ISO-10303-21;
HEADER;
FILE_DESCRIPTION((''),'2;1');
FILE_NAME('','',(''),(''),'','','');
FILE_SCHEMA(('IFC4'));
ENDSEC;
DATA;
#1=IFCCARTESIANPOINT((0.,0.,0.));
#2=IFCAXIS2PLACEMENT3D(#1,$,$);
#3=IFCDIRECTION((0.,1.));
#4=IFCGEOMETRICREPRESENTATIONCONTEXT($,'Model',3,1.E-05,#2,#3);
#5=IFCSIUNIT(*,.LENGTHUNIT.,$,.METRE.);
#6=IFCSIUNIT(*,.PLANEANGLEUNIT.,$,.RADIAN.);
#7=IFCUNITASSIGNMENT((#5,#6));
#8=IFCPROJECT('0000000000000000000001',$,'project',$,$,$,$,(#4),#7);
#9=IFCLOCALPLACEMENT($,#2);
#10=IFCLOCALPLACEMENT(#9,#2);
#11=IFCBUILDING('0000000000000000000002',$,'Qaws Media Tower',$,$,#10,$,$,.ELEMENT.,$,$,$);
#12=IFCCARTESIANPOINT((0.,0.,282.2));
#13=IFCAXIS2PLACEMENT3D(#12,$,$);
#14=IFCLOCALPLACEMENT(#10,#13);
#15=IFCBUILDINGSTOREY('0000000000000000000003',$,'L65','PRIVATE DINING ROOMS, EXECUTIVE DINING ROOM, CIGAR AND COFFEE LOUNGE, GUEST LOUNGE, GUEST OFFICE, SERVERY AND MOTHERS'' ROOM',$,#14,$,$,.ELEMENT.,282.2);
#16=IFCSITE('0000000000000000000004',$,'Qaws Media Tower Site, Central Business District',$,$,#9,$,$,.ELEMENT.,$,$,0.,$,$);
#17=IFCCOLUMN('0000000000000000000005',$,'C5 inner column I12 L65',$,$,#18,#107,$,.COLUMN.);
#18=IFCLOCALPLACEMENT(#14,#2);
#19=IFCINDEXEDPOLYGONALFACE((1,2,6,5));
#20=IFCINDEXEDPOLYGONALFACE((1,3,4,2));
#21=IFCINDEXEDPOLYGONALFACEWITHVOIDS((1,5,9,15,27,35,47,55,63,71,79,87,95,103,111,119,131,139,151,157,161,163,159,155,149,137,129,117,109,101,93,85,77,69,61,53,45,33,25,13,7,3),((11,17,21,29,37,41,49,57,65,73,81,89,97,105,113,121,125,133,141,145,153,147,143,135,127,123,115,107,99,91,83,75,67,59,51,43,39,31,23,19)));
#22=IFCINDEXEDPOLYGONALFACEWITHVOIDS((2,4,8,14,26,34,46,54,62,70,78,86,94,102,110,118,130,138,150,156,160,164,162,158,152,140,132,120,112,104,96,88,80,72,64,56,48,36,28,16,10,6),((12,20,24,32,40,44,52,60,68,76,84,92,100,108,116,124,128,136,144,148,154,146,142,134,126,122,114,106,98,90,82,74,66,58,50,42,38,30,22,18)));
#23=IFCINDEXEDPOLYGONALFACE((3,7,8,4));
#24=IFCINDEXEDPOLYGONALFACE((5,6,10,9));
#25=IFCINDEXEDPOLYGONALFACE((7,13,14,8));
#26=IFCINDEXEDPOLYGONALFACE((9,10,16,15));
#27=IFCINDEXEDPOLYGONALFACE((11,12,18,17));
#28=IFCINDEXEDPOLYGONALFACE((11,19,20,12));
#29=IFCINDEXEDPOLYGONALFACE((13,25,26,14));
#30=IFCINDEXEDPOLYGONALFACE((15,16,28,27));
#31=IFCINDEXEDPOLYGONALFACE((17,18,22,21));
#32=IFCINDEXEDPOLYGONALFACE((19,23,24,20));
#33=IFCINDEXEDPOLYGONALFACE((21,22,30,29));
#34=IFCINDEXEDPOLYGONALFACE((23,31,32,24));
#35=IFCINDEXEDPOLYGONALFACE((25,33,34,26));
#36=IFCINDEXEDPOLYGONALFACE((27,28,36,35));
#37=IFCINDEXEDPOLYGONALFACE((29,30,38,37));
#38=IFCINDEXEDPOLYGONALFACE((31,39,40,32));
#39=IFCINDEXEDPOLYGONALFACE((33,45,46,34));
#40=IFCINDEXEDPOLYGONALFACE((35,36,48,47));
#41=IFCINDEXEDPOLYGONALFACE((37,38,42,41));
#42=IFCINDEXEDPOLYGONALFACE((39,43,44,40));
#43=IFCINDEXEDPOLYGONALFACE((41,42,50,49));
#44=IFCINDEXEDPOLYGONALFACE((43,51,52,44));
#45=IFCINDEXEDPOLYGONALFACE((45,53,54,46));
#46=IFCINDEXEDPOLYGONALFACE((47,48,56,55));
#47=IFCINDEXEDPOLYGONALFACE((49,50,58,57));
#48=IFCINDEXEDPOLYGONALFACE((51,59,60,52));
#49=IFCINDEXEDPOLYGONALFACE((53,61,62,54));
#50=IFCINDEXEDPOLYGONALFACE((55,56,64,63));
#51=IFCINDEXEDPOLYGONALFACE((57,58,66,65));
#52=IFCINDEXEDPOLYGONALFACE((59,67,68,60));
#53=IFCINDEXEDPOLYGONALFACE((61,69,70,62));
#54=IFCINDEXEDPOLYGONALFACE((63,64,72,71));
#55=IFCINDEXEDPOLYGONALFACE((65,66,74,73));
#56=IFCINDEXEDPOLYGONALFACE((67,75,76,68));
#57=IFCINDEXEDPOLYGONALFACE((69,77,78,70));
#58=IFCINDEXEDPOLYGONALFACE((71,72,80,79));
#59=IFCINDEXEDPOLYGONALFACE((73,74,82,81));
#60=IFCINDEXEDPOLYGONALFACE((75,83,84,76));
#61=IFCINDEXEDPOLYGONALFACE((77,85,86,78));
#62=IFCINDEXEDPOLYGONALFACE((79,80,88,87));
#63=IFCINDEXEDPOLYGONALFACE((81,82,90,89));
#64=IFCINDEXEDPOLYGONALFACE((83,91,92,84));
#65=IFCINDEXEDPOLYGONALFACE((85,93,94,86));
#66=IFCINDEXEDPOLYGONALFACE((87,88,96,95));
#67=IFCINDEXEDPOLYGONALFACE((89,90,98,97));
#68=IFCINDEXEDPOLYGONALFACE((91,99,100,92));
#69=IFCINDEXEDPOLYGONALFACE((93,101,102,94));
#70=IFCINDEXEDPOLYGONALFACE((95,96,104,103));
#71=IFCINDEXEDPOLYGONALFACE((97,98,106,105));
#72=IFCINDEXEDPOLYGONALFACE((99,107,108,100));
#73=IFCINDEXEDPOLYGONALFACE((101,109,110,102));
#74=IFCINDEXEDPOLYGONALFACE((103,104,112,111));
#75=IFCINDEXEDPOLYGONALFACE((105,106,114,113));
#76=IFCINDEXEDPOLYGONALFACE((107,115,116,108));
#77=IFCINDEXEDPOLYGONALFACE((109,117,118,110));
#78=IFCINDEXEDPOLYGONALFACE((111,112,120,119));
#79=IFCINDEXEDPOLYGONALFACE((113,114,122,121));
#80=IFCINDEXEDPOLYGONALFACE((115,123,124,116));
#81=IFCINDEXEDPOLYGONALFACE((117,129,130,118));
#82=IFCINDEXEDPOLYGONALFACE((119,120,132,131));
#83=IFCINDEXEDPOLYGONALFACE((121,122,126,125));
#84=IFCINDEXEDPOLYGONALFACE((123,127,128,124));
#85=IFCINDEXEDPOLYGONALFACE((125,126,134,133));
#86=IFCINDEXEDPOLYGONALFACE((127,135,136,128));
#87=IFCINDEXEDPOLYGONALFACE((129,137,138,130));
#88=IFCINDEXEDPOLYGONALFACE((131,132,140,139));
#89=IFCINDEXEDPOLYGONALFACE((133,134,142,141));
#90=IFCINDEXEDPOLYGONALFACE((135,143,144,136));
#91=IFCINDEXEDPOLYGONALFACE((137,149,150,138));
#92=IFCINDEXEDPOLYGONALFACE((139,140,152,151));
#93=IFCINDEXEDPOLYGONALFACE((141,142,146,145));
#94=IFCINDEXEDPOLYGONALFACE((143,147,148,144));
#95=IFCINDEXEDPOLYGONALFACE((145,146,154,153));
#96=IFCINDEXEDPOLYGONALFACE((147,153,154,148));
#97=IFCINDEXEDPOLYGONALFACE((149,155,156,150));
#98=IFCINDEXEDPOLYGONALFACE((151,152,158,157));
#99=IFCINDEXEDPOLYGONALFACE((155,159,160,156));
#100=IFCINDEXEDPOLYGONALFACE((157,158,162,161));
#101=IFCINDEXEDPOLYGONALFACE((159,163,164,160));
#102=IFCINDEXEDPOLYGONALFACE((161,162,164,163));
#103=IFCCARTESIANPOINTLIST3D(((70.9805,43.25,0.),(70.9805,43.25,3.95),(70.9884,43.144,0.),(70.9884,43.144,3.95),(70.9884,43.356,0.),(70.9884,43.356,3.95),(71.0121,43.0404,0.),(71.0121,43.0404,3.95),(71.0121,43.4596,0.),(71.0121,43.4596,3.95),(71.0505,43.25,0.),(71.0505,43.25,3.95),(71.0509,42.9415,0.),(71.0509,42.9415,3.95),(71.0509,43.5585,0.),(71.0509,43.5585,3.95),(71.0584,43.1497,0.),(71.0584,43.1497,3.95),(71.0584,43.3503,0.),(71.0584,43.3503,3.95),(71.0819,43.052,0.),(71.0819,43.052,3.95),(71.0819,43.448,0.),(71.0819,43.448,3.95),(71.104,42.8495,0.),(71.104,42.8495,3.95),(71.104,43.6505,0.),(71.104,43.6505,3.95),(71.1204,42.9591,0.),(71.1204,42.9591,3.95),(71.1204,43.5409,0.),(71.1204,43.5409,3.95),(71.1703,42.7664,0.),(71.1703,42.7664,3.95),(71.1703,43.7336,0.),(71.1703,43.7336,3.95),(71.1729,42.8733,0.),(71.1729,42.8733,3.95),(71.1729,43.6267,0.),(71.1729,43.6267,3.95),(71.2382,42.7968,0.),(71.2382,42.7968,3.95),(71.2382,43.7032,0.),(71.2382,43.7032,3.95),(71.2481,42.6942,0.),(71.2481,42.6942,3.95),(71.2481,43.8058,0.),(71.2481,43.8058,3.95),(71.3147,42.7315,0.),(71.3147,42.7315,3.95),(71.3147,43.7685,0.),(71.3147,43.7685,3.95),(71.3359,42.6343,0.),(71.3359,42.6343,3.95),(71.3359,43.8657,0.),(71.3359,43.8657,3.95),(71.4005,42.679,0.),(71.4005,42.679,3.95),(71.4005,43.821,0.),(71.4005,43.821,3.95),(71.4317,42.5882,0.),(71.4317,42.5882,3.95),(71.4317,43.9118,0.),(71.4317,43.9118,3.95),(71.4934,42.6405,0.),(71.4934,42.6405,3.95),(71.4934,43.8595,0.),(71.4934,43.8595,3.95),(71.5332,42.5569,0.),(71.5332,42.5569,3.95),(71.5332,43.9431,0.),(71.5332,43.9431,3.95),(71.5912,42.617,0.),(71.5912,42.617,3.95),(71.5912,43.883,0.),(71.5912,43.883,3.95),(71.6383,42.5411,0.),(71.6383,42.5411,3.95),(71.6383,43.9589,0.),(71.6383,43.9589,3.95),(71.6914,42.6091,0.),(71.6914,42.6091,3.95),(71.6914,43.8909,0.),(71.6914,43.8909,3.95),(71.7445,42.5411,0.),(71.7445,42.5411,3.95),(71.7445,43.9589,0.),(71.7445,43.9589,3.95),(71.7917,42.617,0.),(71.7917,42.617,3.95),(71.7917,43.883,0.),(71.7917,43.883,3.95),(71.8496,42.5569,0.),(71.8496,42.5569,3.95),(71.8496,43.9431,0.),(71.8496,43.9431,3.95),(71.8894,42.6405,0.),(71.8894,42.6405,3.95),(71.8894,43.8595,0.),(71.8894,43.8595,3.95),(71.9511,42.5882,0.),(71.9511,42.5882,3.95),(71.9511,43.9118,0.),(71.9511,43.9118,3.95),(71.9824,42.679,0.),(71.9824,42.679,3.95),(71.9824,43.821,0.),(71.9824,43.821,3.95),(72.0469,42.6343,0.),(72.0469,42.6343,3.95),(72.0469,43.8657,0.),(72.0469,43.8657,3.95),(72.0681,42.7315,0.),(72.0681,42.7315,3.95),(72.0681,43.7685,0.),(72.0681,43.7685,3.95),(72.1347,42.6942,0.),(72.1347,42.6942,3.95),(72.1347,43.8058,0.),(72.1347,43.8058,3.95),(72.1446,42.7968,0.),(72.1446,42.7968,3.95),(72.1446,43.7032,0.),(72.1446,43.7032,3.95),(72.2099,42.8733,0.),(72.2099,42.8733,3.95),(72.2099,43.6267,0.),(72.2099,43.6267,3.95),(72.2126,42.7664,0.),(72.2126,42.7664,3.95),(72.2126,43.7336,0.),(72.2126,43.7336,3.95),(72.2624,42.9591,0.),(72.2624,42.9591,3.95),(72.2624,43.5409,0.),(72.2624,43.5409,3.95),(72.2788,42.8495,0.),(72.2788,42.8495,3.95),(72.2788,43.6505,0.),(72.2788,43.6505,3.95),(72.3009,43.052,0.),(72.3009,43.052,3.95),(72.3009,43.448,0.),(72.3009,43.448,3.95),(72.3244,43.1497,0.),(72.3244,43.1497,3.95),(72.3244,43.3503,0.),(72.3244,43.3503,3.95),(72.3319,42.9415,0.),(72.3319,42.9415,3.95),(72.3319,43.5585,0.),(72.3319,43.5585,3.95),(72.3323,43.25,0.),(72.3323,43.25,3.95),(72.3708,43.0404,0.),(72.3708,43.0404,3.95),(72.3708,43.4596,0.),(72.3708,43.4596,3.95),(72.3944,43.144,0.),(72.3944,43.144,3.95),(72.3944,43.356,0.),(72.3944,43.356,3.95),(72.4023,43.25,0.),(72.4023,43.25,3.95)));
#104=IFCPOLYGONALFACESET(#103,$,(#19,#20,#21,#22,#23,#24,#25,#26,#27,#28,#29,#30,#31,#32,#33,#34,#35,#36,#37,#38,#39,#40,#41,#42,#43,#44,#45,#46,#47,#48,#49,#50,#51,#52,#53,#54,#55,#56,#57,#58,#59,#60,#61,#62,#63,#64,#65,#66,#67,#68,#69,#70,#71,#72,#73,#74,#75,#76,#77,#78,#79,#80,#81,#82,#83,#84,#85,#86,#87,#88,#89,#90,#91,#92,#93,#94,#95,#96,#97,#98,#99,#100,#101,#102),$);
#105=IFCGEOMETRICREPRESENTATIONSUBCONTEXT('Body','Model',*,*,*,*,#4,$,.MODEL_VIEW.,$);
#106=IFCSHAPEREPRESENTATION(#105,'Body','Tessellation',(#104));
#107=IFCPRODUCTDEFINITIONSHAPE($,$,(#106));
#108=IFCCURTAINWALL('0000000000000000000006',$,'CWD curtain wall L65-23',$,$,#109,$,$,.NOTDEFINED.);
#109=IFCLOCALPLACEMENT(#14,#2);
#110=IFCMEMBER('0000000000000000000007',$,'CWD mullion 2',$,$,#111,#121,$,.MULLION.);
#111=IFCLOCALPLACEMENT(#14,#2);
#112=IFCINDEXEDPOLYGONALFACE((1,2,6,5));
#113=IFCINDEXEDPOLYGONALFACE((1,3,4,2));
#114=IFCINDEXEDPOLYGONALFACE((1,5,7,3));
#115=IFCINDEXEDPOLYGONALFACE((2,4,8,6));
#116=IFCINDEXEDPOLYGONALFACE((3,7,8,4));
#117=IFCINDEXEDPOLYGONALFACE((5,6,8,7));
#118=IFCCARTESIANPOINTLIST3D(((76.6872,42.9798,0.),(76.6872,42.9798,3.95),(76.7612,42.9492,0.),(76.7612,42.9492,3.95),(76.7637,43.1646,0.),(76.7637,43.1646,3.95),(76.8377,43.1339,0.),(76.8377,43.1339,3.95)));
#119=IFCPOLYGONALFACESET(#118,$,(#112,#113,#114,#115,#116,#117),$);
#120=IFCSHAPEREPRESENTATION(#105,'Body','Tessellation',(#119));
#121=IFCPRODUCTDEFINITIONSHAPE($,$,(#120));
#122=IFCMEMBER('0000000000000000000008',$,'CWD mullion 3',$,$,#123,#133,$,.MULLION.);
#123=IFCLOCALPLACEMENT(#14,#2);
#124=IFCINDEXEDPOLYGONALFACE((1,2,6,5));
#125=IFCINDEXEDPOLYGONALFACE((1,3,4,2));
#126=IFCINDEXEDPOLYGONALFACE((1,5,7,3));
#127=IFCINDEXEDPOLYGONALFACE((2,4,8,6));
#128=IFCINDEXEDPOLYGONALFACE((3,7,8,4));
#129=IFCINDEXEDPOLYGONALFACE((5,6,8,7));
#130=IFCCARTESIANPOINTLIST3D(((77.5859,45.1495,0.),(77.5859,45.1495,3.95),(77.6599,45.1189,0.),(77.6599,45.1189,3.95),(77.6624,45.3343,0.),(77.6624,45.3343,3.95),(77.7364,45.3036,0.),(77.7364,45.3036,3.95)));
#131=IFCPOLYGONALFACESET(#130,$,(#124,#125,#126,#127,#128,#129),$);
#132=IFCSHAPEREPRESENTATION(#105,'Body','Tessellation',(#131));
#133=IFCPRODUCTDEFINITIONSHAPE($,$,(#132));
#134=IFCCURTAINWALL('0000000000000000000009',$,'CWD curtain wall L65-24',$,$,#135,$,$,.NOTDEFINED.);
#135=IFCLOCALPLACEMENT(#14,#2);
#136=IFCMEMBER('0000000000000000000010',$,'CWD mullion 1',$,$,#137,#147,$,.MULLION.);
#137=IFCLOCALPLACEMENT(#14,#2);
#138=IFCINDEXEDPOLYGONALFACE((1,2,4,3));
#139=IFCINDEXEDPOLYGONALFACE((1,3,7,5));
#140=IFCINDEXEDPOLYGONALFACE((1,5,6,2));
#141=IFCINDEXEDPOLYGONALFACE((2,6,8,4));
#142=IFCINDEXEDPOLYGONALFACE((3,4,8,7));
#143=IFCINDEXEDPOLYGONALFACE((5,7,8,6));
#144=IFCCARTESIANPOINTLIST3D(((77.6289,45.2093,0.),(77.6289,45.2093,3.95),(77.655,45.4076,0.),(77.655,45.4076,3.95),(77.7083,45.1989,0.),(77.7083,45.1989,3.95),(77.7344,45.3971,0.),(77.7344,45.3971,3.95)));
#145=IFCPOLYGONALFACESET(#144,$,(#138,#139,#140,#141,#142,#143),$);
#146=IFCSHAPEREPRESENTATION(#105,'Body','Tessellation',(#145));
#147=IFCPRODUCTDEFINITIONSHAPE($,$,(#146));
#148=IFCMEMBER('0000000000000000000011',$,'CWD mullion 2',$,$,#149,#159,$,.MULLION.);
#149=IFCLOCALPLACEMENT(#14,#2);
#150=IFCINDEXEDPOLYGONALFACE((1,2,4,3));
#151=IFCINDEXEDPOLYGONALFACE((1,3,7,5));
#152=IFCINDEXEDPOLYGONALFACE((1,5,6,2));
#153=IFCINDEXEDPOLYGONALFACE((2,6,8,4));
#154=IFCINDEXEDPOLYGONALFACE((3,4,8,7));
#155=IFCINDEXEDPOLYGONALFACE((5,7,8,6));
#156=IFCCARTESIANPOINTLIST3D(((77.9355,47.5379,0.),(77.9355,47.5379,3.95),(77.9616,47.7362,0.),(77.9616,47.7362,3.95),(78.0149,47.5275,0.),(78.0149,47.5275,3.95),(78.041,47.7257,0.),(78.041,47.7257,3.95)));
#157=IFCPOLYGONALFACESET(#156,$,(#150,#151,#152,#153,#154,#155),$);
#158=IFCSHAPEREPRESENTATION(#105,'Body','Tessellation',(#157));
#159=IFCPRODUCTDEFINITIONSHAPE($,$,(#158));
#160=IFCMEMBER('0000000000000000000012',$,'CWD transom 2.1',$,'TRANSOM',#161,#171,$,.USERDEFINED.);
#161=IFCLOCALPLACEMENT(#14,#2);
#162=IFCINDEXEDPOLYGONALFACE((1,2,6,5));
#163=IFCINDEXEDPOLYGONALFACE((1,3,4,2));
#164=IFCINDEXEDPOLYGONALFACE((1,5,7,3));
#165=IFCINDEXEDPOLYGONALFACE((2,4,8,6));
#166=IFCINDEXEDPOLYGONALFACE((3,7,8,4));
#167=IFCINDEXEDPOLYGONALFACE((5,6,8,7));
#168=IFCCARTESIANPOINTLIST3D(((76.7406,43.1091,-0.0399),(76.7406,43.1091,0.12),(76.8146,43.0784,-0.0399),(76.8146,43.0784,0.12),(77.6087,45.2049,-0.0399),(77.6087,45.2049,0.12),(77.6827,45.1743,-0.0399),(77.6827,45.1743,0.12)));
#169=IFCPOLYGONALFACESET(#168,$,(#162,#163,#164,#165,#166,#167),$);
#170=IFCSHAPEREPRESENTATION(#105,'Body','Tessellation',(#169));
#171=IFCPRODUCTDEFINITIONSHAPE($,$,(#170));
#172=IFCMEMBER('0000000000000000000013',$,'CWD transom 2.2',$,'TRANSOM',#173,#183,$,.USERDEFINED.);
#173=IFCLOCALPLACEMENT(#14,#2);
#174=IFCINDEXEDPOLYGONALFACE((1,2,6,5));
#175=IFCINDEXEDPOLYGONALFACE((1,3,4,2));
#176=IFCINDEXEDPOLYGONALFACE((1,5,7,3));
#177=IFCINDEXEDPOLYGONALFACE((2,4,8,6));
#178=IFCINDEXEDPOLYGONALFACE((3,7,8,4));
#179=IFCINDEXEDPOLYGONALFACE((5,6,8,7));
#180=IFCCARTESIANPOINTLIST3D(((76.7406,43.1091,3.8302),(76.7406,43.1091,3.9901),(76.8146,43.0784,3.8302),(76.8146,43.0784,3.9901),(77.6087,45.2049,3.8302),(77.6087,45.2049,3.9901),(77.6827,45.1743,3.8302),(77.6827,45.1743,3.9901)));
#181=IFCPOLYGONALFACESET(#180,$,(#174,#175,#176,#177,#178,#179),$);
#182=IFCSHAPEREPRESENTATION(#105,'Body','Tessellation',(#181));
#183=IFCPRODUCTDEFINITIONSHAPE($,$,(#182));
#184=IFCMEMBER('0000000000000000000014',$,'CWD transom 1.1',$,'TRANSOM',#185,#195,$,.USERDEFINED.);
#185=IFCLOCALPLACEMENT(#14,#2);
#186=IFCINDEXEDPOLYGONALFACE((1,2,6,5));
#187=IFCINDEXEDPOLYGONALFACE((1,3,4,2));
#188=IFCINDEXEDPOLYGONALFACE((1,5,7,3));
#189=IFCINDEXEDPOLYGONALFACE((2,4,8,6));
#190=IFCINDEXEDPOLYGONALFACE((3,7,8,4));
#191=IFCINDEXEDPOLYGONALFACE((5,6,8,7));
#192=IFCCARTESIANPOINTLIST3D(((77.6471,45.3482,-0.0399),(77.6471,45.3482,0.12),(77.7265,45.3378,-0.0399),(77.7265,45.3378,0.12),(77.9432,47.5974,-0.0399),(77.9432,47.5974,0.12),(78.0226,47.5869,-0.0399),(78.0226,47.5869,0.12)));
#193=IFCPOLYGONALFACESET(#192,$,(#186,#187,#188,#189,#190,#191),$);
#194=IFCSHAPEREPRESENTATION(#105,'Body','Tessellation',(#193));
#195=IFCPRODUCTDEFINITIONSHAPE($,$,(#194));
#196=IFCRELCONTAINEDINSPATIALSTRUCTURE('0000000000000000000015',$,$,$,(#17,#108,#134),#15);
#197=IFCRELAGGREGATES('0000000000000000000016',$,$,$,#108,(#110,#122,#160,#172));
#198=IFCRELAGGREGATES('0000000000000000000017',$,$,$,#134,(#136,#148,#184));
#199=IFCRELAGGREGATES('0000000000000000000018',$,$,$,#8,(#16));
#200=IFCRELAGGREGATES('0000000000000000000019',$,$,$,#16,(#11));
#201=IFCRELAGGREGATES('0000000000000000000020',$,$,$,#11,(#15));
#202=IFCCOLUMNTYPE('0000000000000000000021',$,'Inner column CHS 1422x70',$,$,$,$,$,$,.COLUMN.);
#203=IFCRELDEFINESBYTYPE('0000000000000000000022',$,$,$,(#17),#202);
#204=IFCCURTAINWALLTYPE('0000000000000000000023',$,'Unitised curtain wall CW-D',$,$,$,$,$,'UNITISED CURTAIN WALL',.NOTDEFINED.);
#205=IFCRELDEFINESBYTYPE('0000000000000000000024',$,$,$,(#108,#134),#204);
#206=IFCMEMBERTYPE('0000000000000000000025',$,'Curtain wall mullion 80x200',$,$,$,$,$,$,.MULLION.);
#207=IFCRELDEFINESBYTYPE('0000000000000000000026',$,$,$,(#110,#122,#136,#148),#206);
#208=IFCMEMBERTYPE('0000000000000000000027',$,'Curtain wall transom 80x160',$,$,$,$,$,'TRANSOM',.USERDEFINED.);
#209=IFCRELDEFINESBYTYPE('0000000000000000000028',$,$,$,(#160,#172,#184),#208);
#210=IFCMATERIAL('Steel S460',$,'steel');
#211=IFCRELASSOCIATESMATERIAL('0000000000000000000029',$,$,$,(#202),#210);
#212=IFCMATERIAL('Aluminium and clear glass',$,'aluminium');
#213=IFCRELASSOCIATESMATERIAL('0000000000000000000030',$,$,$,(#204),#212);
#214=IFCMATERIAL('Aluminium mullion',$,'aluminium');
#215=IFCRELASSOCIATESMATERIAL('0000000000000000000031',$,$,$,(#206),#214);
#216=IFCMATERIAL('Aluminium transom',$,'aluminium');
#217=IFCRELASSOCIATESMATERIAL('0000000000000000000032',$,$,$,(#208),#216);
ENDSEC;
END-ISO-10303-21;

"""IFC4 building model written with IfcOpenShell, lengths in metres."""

from ifc_helpers import new_model, si_unit, direction, frame, origin, origin_2d, place, context, subcontext, project, spatial, rectangle, hollow_circle, extrude, material, material_profile, profile_set, type_object, element, aggregate, save


model = new_model("IFC4")

# Units and contexts
model_context = context("Model", 3, precision=1e-05, world=origin(), true_north=direction((0.0, 1.0)))
body_context = subcontext(model_context, "Body", "Model", "MODEL_VIEW")
ifc_project = project(units=[si_unit("LENGTHUNIT", "METRE"), si_unit("PLANEANGLEUNIT", "RADIAN")], contexts=[model_context])

# Site, building, storey
site_placement = place(None, origin())
site = spatial("IfcSite", under=ifc_project, at=site_placement, Name="Qaws Media Tower Site, Central Business District", CompositionType="ELEMENT", RefElevation=0.0)
building_placement = place(site_placement, origin())
building = spatial("IfcBuilding", under=site, at=building_placement, Name="Qaws Media Tower", CompositionType="ELEMENT")
storey_placement = place(building_placement, frame((0.0, 0.0, 282.2)))
storey = spatial("IfcBuildingStorey", under=building, at=storey_placement, Name="L65", Description="PRIVATE DINING ROOMS, EXECUTIVE DINING ROOM, CIGAR AND COFFEE LOUNGE, GUEST LOUNGE, GUEST OFFICE, SERVERY AND MOTHERS' ROOM", CompositionType="ELEMENT", Elevation=282.2)

# Column
ifc_material_1 = material(Name="Steel S460", Category="steel")
ifc_material_profile_1 = material_profile(ifc_material_1, hollow_circle(Radius=0.7109, WallThickness=0.0701, at=origin_2d()), Name="CHS 1422x70")
ifc_profile_set_1 = profile_set([ifc_material_profile_1], Name="Steel S460")
column_type = type_object("IfcColumnType", Name="Inner column CHS 1422x70", PredefinedType="COLUMN", material=ifc_profile_set_1)
column_placement = place(storey_placement, frame((71.6914, 43.25, 0.0), z_axis=(0.0, 0.0, 1.0), x_axis=(1.0, 0.0, 0.0)))
element("IfcColumn", 1, at=column_placement, inside=storey, type_object=column_type, Name="C5 inner column I12 L65", PredefinedType="COLUMN", context=body_context, shape_type="SweptSolid", body=[
    extrude(hollow_circle(Radius=0.7109, WallThickness=0.0701, at=origin_2d()), origin(), (0.0, 0.0, 1.0), 3.95),
])

# Curtain walls, members
ifc_material_2 = material(Name="Aluminium and clear glass", Category="aluminium")
curtain_wall_type = type_object("IfcCurtainWallType", Name="Unitised curtain wall CW-D", ElementType="UNITISED CURTAIN WALL", PredefinedType="NOTDEFINED", material=ifc_material_2)
curtain_wall_1_placement = place(storey_placement, origin())
curtain_wall_1 = element("IfcCurtainWall", 2, at=curtain_wall_1_placement, inside=storey, type_object=curtain_wall_type, Name="CWD curtain wall L65-23", PredefinedType="NOTDEFINED")
ifc_material_3 = material(Name="Aluminium mullion", Category="aluminium")
ifc_material_profile_2 = material_profile(ifc_material_3, rectangle(XDim=0.0801, YDim=0.2, at=origin_2d()), Name="80x200")
ifc_profile_set_2 = profile_set([ifc_material_profile_2], Name="Aluminium mullion")
member_type_1 = type_object("IfcMemberType", Name="Curtain wall mullion 80x200", PredefinedType="MULLION", material=ifc_profile_set_2)
member_1_placement = place(storey_placement, frame((76.7625, 43.0569, 0.0), z_axis=(0.0, 0.0, 1.0), x_axis=(-0.923879, 0.382684, 0.0)))
member_1 = element("IfcMember", 3, at=member_1_placement, type_object=member_type_1, Name="CWD mullion 2", PredefinedType="MULLION", context=body_context, shape_type="SweptSolid", body=[
    extrude(rectangle(XDim=0.0801, YDim=0.2, at=origin_2d()), origin(), (0.0, 0.0, 1.0), 3.95),
])
member_2_placement = place(storey_placement, frame((77.6611, 45.2266, 0.0), z_axis=(0.0, 0.0, 1.0), x_axis=(-0.923879, 0.382684, 0.0)))
member_2 = element("IfcMember", 4, at=member_2_placement, type_object=member_type_1, Name="CWD mullion 3", PredefinedType="MULLION", context=body_context, shape_type="SweptSolid", body=[
    extrude(rectangle(XDim=0.0801, YDim=0.2, at=origin_2d()), origin(), (0.0, 0.0, 1.0), 3.95),
])
curtain_wall_2_placement = place(storey_placement, origin())
curtain_wall_2 = element("IfcCurtainWall", 5, at=curtain_wall_2_placement, inside=storey, type_object=curtain_wall_type, Name="CWD curtain wall L65-24", PredefinedType="NOTDEFINED")
member_3_placement = place(storey_placement, frame((77.6816, 45.3032, 0.0), z_axis=(0.0, 0.0, 1.0), x_axis=(-0.991445, 0.130526, 0.0)))
member_3 = element("IfcMember", 6, at=member_3_placement, type_object=member_type_1, Name="CWD mullion 1", PredefinedType="MULLION", context=body_context, shape_type="SweptSolid", body=[
    extrude(rectangle(XDim=0.0801, YDim=0.2, at=origin_2d()), origin(), (0.0, 0.0, 1.0), 3.95),
])
member_4_placement = place(storey_placement, frame((77.9883, 47.6318, 0.0), z_axis=(0.0, 0.0, 1.0), x_axis=(-0.991445, 0.130526, 0.0)))
member_4 = element("IfcMember", 7, at=member_4_placement, type_object=member_type_1, Name="CWD mullion 2", PredefinedType="MULLION", context=body_context, shape_type="SweptSolid", body=[
    extrude(rectangle(XDim=0.0801, YDim=0.2, at=origin_2d()), origin(), (0.0, 0.0, 1.0), 3.95),
])

# Members
ifc_material_4 = material(Name="Aluminium transom", Category="aluminium")
ifc_material_profile_3 = material_profile(ifc_material_4, rectangle(XDim=0.0801, YDim=0.1599, at=origin_2d()), Name="80x160")
ifc_profile_set_3 = profile_set([ifc_material_profile_3], Name="Aluminium transom")
member_type_2 = type_object("IfcMemberType", Name="Curtain wall transom 80x160", ElementType="TRANSOM", PredefinedType="USERDEFINED", material=ifc_profile_set_3)
member_5_placement = place(storey_placement, frame((76.7776, 43.0938, 0.04), z_axis=(0.382681, 0.92388, 0.0), x_axis=(-0.92388, 0.382681, 0.0)))
member_5 = element("IfcMember", 8, at=member_5_placement, type_object=member_type_2, Name="CWD transom 2.1", ObjectType="TRANSOM", PredefinedType="USERDEFINED", context=body_context, shape_type="SweptSolid", body=[
    extrude(rectangle(XDim=0.0801, YDim=0.1599, at=origin_2d()), origin(), (0.0, 0.0, 1.0), 2.2686),
])
member_6_placement = place(storey_placement, frame((76.7776, 43.0938, 3.9102), z_axis=(0.382681, 0.92388, 0.0), x_axis=(-0.92388, 0.382681, 0.0)))
member_6 = element("IfcMember", 9, at=member_6_placement, type_object=member_type_2, Name="CWD transom 2.2", ObjectType="TRANSOM", PredefinedType="USERDEFINED", context=body_context, shape_type="SweptSolid", body=[
    extrude(rectangle(XDim=0.0801, YDim=0.1599, at=origin_2d()), origin(), (0.0, 0.0, 1.0), 2.2686),
])
member_7_placement = place(storey_placement, frame((77.6868, 45.343, 0.04), z_axis=(0.130549, 0.991442, 0.0), x_axis=(-0.991442, 0.130549, 0.0)))
member_7 = element("IfcMember", 10, at=member_7_placement, type_object=member_type_2, Name="CWD transom 1.1", ObjectType="TRANSOM", PredefinedType="USERDEFINED", context=body_context, shape_type="SweptSolid", body=[
    extrude(rectangle(XDim=0.0801, YDim=0.1599, at=origin_2d()), origin(), (0.0, 0.0, 1.0), 2.2686),
])

aggregate(curtain_wall_1, [member_1, member_2, member_5, member_6])
aggregate(curtain_wall_2, [member_3, member_4, member_7])

save(model, "model.ifc")
